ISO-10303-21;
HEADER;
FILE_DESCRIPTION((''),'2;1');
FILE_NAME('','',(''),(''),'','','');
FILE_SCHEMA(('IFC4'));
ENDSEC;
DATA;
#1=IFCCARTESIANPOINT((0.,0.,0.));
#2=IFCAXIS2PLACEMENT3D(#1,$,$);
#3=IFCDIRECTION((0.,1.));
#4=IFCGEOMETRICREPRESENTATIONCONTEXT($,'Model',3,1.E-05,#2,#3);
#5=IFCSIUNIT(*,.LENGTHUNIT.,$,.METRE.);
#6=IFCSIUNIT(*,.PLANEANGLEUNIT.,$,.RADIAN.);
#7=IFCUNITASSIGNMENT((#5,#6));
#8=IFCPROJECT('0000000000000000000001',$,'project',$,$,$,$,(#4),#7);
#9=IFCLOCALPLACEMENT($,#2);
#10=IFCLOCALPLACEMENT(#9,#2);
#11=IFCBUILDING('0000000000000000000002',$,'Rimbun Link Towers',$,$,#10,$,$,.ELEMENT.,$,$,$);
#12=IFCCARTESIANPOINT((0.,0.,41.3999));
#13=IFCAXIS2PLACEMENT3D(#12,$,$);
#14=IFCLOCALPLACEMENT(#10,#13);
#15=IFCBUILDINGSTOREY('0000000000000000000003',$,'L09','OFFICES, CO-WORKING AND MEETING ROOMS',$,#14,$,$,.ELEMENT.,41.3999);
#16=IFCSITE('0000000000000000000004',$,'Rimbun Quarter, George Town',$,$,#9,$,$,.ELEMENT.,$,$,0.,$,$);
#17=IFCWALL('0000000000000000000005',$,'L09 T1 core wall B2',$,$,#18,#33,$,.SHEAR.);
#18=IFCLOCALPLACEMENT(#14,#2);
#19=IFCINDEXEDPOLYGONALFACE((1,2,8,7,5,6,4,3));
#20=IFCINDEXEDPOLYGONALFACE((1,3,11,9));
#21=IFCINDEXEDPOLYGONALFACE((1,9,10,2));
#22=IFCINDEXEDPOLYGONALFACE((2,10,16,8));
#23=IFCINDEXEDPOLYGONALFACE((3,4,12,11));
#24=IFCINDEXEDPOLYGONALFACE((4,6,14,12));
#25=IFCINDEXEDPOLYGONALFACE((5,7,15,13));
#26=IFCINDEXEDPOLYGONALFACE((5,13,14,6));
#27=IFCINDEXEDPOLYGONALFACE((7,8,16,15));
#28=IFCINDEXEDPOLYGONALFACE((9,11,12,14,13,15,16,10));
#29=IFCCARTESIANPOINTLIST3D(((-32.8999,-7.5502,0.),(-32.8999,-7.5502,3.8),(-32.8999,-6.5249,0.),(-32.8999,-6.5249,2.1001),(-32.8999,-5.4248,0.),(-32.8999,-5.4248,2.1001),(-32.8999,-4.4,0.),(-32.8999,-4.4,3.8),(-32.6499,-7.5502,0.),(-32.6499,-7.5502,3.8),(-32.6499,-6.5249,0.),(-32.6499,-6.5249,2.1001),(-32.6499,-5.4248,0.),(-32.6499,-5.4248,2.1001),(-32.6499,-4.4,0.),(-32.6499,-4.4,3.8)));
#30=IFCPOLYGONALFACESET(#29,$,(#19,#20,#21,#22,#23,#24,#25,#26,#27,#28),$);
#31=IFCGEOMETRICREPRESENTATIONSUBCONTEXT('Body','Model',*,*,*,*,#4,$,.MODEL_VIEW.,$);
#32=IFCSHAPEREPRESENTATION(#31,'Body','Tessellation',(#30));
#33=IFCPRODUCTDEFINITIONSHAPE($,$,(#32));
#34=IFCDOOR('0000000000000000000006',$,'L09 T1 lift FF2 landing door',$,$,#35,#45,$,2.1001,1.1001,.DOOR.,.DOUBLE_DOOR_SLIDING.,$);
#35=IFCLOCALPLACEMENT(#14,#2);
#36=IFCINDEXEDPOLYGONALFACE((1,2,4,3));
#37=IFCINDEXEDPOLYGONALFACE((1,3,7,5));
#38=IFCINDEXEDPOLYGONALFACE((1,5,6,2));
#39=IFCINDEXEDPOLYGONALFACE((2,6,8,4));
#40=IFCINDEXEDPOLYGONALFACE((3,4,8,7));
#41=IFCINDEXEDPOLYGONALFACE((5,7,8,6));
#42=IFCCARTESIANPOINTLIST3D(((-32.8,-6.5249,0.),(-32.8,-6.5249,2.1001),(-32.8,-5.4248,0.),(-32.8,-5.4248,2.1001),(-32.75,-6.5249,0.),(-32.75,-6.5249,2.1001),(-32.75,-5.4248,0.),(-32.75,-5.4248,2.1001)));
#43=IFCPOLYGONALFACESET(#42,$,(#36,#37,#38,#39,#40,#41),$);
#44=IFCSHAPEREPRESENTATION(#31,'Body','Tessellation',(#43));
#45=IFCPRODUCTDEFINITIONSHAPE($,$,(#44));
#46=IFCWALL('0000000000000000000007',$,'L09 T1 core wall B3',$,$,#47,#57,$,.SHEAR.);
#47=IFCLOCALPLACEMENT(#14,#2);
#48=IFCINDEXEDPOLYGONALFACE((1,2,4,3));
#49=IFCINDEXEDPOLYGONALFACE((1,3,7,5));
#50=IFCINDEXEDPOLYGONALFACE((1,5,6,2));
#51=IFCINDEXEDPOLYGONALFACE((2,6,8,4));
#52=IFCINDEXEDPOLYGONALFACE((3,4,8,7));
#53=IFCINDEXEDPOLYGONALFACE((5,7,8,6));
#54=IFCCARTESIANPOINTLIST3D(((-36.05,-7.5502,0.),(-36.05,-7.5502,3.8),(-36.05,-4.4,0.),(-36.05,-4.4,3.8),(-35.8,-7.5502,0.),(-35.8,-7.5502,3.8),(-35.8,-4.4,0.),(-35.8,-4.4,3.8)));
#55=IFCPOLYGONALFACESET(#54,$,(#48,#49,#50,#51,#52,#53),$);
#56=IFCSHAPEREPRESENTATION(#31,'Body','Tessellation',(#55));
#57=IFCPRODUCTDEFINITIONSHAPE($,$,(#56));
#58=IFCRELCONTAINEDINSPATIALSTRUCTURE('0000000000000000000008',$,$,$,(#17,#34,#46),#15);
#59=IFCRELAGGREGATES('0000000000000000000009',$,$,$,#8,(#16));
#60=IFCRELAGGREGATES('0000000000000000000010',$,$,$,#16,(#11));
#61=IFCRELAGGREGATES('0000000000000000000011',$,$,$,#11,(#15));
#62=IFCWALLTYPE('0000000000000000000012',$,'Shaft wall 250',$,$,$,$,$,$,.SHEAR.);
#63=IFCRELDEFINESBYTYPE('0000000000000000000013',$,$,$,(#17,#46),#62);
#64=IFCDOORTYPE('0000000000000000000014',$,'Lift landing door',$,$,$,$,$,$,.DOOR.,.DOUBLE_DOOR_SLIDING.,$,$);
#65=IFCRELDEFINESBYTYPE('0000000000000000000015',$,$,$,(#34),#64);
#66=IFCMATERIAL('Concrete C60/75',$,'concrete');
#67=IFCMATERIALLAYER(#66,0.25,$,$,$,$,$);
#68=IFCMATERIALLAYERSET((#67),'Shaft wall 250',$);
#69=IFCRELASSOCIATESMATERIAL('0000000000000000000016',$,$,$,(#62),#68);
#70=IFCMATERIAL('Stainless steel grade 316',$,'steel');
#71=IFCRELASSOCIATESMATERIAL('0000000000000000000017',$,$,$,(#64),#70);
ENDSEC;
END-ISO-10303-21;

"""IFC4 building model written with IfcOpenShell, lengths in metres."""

from ifc_helpers import new_model, si_unit, direction, frame, frame_2d, origin, place, context, subcontext, project, spatial, rectangle, extrude, material, layer, layer_set, type_object, element, fill, save


model = new_model("IFC4")

# Units and contexts
model_context = context("Model", 3, precision=1e-05, world=origin(), true_north=direction((0.0, 1.0)))
body_context = subcontext(model_context, "Body", "Model", "MODEL_VIEW")
ifc_project = project(units=[si_unit("LENGTHUNIT", "METRE"), si_unit("PLANEANGLEUNIT", "RADIAN")], contexts=[model_context])

# Site, building, storey
site_placement = place(None, origin())
site = spatial("IfcSite", under=ifc_project, at=site_placement, Name="Rimbun Quarter, George Town", CompositionType="ELEMENT", RefElevation=0.0)
building_placement = place(site_placement, origin())
building = spatial("IfcBuilding", under=site, at=building_placement, Name="Rimbun Link Towers", CompositionType="ELEMENT")
storey_placement = place(building_placement, frame((0.0, 0.0, 41.3999)))
storey = spatial("IfcBuildingStorey", under=building, at=storey_placement, Name="L09", Description="OFFICES, CO-WORKING AND MEETING ROOMS", CompositionType="ELEMENT", Elevation=41.3999)

# Shared definitions
ifc_material_1 = material(Name="Concrete C60/75", Category="concrete")
ifc_layer_1 = layer(ifc_material_1, 0.25)
ifc_layer_set_1 = layer_set([ifc_layer_1], Name="Shaft wall 250")
wall_type_1 = type_object("IfcWallType", Name="Shaft wall 250", PredefinedType="SHEAR", material=ifc_layer_set_1)

# Wall, opening, door
wall_1_placement = place(storey_placement, frame((-32.7749, -4.3999, 0.0), z_axis=(0.0, 0.0, 1.0), x_axis=(0.0, -1.0, 0.0)))
wall_1 = element("IfcWall", 1, at=wall_1_placement, inside=storey, type_object=wall_type_1, Name="L09 T1 core wall B2", PredefinedType="SHEAR", context=body_context, shape_type="SweptSolid", body=[
    extrude(rectangle(XDim=3.1501, YDim=0.25, at=frame_2d((1.5752, 0.0))), origin(), (0.0, 0.0, 1.0), 3.8),
])
opening_1_placement = place(wall_1_placement, frame((1.0249, 0.0, 0.0)))
opening_1 = element("IfcOpeningElement", 2, at=opening_1_placement, cuts=wall_1, PredefinedType="OPENING", context=body_context, shape_type="SweptSolid", body=[
    extrude(rectangle(XDim=1.1001, YDim=2.1001, at=frame_2d((0.55, 1.05))), frame((0.0, 0.135, 0.0), z_axis=(0.0, -1.0, 0.0), x_axis=(1.0, 0.0, 0.0)), (0.0, 0.0, 1.0), 0.27),
])
ifc_material_2 = material(Name="Stainless steel grade 316", Category="steel")
door_type_1 = type_object("IfcDoorType", Name="Lift landing door", OperationType="DOUBLE_DOOR_SLIDING", PredefinedType="DOOR", material=ifc_material_2)
door_1_placement = place(opening_1_placement, origin())
door_1 = element("IfcDoor", 3, at=door_1_placement, inside=storey, type_object=door_type_1, Name="L09 T1 lift FF2 landing door", OperationType="DOUBLE_DOOR_SLIDING", OverallHeight=2.1001, OverallWidth=1.1001, PredefinedType="DOOR", context=body_context, shape_type="SweptSolid", body=[
    extrude(rectangle(XDim=1.1001, YDim=2.1001, at=frame_2d((0.55, 1.05))), frame((0.0, 0.0249, 0.0), z_axis=(0.0, -1.0, 0.0), x_axis=(1.0, 0.0, 0.0)), (0.0, 0.0, 1.0), 0.05),
])
fill(opening_1, door_1)

# Wall
wall_2_placement = place(storey_placement, frame((-35.925, -4.3999, 0.0), z_axis=(0.0, 0.0, 1.0), x_axis=(0.0, -1.0, 0.0)))
element("IfcWall", 4, at=wall_2_placement, inside=storey, type_object=wall_type_1, Name="L09 T1 core wall B3", PredefinedType="SHEAR", context=body_context, shape_type="SweptSolid", body=[
    extrude(rectangle(XDim=3.1501, YDim=0.25, at=frame_2d((1.5752, 0.0))), origin(), (0.0, 0.0, 1.0), 3.8),
])

save(model, "model.ifc")
